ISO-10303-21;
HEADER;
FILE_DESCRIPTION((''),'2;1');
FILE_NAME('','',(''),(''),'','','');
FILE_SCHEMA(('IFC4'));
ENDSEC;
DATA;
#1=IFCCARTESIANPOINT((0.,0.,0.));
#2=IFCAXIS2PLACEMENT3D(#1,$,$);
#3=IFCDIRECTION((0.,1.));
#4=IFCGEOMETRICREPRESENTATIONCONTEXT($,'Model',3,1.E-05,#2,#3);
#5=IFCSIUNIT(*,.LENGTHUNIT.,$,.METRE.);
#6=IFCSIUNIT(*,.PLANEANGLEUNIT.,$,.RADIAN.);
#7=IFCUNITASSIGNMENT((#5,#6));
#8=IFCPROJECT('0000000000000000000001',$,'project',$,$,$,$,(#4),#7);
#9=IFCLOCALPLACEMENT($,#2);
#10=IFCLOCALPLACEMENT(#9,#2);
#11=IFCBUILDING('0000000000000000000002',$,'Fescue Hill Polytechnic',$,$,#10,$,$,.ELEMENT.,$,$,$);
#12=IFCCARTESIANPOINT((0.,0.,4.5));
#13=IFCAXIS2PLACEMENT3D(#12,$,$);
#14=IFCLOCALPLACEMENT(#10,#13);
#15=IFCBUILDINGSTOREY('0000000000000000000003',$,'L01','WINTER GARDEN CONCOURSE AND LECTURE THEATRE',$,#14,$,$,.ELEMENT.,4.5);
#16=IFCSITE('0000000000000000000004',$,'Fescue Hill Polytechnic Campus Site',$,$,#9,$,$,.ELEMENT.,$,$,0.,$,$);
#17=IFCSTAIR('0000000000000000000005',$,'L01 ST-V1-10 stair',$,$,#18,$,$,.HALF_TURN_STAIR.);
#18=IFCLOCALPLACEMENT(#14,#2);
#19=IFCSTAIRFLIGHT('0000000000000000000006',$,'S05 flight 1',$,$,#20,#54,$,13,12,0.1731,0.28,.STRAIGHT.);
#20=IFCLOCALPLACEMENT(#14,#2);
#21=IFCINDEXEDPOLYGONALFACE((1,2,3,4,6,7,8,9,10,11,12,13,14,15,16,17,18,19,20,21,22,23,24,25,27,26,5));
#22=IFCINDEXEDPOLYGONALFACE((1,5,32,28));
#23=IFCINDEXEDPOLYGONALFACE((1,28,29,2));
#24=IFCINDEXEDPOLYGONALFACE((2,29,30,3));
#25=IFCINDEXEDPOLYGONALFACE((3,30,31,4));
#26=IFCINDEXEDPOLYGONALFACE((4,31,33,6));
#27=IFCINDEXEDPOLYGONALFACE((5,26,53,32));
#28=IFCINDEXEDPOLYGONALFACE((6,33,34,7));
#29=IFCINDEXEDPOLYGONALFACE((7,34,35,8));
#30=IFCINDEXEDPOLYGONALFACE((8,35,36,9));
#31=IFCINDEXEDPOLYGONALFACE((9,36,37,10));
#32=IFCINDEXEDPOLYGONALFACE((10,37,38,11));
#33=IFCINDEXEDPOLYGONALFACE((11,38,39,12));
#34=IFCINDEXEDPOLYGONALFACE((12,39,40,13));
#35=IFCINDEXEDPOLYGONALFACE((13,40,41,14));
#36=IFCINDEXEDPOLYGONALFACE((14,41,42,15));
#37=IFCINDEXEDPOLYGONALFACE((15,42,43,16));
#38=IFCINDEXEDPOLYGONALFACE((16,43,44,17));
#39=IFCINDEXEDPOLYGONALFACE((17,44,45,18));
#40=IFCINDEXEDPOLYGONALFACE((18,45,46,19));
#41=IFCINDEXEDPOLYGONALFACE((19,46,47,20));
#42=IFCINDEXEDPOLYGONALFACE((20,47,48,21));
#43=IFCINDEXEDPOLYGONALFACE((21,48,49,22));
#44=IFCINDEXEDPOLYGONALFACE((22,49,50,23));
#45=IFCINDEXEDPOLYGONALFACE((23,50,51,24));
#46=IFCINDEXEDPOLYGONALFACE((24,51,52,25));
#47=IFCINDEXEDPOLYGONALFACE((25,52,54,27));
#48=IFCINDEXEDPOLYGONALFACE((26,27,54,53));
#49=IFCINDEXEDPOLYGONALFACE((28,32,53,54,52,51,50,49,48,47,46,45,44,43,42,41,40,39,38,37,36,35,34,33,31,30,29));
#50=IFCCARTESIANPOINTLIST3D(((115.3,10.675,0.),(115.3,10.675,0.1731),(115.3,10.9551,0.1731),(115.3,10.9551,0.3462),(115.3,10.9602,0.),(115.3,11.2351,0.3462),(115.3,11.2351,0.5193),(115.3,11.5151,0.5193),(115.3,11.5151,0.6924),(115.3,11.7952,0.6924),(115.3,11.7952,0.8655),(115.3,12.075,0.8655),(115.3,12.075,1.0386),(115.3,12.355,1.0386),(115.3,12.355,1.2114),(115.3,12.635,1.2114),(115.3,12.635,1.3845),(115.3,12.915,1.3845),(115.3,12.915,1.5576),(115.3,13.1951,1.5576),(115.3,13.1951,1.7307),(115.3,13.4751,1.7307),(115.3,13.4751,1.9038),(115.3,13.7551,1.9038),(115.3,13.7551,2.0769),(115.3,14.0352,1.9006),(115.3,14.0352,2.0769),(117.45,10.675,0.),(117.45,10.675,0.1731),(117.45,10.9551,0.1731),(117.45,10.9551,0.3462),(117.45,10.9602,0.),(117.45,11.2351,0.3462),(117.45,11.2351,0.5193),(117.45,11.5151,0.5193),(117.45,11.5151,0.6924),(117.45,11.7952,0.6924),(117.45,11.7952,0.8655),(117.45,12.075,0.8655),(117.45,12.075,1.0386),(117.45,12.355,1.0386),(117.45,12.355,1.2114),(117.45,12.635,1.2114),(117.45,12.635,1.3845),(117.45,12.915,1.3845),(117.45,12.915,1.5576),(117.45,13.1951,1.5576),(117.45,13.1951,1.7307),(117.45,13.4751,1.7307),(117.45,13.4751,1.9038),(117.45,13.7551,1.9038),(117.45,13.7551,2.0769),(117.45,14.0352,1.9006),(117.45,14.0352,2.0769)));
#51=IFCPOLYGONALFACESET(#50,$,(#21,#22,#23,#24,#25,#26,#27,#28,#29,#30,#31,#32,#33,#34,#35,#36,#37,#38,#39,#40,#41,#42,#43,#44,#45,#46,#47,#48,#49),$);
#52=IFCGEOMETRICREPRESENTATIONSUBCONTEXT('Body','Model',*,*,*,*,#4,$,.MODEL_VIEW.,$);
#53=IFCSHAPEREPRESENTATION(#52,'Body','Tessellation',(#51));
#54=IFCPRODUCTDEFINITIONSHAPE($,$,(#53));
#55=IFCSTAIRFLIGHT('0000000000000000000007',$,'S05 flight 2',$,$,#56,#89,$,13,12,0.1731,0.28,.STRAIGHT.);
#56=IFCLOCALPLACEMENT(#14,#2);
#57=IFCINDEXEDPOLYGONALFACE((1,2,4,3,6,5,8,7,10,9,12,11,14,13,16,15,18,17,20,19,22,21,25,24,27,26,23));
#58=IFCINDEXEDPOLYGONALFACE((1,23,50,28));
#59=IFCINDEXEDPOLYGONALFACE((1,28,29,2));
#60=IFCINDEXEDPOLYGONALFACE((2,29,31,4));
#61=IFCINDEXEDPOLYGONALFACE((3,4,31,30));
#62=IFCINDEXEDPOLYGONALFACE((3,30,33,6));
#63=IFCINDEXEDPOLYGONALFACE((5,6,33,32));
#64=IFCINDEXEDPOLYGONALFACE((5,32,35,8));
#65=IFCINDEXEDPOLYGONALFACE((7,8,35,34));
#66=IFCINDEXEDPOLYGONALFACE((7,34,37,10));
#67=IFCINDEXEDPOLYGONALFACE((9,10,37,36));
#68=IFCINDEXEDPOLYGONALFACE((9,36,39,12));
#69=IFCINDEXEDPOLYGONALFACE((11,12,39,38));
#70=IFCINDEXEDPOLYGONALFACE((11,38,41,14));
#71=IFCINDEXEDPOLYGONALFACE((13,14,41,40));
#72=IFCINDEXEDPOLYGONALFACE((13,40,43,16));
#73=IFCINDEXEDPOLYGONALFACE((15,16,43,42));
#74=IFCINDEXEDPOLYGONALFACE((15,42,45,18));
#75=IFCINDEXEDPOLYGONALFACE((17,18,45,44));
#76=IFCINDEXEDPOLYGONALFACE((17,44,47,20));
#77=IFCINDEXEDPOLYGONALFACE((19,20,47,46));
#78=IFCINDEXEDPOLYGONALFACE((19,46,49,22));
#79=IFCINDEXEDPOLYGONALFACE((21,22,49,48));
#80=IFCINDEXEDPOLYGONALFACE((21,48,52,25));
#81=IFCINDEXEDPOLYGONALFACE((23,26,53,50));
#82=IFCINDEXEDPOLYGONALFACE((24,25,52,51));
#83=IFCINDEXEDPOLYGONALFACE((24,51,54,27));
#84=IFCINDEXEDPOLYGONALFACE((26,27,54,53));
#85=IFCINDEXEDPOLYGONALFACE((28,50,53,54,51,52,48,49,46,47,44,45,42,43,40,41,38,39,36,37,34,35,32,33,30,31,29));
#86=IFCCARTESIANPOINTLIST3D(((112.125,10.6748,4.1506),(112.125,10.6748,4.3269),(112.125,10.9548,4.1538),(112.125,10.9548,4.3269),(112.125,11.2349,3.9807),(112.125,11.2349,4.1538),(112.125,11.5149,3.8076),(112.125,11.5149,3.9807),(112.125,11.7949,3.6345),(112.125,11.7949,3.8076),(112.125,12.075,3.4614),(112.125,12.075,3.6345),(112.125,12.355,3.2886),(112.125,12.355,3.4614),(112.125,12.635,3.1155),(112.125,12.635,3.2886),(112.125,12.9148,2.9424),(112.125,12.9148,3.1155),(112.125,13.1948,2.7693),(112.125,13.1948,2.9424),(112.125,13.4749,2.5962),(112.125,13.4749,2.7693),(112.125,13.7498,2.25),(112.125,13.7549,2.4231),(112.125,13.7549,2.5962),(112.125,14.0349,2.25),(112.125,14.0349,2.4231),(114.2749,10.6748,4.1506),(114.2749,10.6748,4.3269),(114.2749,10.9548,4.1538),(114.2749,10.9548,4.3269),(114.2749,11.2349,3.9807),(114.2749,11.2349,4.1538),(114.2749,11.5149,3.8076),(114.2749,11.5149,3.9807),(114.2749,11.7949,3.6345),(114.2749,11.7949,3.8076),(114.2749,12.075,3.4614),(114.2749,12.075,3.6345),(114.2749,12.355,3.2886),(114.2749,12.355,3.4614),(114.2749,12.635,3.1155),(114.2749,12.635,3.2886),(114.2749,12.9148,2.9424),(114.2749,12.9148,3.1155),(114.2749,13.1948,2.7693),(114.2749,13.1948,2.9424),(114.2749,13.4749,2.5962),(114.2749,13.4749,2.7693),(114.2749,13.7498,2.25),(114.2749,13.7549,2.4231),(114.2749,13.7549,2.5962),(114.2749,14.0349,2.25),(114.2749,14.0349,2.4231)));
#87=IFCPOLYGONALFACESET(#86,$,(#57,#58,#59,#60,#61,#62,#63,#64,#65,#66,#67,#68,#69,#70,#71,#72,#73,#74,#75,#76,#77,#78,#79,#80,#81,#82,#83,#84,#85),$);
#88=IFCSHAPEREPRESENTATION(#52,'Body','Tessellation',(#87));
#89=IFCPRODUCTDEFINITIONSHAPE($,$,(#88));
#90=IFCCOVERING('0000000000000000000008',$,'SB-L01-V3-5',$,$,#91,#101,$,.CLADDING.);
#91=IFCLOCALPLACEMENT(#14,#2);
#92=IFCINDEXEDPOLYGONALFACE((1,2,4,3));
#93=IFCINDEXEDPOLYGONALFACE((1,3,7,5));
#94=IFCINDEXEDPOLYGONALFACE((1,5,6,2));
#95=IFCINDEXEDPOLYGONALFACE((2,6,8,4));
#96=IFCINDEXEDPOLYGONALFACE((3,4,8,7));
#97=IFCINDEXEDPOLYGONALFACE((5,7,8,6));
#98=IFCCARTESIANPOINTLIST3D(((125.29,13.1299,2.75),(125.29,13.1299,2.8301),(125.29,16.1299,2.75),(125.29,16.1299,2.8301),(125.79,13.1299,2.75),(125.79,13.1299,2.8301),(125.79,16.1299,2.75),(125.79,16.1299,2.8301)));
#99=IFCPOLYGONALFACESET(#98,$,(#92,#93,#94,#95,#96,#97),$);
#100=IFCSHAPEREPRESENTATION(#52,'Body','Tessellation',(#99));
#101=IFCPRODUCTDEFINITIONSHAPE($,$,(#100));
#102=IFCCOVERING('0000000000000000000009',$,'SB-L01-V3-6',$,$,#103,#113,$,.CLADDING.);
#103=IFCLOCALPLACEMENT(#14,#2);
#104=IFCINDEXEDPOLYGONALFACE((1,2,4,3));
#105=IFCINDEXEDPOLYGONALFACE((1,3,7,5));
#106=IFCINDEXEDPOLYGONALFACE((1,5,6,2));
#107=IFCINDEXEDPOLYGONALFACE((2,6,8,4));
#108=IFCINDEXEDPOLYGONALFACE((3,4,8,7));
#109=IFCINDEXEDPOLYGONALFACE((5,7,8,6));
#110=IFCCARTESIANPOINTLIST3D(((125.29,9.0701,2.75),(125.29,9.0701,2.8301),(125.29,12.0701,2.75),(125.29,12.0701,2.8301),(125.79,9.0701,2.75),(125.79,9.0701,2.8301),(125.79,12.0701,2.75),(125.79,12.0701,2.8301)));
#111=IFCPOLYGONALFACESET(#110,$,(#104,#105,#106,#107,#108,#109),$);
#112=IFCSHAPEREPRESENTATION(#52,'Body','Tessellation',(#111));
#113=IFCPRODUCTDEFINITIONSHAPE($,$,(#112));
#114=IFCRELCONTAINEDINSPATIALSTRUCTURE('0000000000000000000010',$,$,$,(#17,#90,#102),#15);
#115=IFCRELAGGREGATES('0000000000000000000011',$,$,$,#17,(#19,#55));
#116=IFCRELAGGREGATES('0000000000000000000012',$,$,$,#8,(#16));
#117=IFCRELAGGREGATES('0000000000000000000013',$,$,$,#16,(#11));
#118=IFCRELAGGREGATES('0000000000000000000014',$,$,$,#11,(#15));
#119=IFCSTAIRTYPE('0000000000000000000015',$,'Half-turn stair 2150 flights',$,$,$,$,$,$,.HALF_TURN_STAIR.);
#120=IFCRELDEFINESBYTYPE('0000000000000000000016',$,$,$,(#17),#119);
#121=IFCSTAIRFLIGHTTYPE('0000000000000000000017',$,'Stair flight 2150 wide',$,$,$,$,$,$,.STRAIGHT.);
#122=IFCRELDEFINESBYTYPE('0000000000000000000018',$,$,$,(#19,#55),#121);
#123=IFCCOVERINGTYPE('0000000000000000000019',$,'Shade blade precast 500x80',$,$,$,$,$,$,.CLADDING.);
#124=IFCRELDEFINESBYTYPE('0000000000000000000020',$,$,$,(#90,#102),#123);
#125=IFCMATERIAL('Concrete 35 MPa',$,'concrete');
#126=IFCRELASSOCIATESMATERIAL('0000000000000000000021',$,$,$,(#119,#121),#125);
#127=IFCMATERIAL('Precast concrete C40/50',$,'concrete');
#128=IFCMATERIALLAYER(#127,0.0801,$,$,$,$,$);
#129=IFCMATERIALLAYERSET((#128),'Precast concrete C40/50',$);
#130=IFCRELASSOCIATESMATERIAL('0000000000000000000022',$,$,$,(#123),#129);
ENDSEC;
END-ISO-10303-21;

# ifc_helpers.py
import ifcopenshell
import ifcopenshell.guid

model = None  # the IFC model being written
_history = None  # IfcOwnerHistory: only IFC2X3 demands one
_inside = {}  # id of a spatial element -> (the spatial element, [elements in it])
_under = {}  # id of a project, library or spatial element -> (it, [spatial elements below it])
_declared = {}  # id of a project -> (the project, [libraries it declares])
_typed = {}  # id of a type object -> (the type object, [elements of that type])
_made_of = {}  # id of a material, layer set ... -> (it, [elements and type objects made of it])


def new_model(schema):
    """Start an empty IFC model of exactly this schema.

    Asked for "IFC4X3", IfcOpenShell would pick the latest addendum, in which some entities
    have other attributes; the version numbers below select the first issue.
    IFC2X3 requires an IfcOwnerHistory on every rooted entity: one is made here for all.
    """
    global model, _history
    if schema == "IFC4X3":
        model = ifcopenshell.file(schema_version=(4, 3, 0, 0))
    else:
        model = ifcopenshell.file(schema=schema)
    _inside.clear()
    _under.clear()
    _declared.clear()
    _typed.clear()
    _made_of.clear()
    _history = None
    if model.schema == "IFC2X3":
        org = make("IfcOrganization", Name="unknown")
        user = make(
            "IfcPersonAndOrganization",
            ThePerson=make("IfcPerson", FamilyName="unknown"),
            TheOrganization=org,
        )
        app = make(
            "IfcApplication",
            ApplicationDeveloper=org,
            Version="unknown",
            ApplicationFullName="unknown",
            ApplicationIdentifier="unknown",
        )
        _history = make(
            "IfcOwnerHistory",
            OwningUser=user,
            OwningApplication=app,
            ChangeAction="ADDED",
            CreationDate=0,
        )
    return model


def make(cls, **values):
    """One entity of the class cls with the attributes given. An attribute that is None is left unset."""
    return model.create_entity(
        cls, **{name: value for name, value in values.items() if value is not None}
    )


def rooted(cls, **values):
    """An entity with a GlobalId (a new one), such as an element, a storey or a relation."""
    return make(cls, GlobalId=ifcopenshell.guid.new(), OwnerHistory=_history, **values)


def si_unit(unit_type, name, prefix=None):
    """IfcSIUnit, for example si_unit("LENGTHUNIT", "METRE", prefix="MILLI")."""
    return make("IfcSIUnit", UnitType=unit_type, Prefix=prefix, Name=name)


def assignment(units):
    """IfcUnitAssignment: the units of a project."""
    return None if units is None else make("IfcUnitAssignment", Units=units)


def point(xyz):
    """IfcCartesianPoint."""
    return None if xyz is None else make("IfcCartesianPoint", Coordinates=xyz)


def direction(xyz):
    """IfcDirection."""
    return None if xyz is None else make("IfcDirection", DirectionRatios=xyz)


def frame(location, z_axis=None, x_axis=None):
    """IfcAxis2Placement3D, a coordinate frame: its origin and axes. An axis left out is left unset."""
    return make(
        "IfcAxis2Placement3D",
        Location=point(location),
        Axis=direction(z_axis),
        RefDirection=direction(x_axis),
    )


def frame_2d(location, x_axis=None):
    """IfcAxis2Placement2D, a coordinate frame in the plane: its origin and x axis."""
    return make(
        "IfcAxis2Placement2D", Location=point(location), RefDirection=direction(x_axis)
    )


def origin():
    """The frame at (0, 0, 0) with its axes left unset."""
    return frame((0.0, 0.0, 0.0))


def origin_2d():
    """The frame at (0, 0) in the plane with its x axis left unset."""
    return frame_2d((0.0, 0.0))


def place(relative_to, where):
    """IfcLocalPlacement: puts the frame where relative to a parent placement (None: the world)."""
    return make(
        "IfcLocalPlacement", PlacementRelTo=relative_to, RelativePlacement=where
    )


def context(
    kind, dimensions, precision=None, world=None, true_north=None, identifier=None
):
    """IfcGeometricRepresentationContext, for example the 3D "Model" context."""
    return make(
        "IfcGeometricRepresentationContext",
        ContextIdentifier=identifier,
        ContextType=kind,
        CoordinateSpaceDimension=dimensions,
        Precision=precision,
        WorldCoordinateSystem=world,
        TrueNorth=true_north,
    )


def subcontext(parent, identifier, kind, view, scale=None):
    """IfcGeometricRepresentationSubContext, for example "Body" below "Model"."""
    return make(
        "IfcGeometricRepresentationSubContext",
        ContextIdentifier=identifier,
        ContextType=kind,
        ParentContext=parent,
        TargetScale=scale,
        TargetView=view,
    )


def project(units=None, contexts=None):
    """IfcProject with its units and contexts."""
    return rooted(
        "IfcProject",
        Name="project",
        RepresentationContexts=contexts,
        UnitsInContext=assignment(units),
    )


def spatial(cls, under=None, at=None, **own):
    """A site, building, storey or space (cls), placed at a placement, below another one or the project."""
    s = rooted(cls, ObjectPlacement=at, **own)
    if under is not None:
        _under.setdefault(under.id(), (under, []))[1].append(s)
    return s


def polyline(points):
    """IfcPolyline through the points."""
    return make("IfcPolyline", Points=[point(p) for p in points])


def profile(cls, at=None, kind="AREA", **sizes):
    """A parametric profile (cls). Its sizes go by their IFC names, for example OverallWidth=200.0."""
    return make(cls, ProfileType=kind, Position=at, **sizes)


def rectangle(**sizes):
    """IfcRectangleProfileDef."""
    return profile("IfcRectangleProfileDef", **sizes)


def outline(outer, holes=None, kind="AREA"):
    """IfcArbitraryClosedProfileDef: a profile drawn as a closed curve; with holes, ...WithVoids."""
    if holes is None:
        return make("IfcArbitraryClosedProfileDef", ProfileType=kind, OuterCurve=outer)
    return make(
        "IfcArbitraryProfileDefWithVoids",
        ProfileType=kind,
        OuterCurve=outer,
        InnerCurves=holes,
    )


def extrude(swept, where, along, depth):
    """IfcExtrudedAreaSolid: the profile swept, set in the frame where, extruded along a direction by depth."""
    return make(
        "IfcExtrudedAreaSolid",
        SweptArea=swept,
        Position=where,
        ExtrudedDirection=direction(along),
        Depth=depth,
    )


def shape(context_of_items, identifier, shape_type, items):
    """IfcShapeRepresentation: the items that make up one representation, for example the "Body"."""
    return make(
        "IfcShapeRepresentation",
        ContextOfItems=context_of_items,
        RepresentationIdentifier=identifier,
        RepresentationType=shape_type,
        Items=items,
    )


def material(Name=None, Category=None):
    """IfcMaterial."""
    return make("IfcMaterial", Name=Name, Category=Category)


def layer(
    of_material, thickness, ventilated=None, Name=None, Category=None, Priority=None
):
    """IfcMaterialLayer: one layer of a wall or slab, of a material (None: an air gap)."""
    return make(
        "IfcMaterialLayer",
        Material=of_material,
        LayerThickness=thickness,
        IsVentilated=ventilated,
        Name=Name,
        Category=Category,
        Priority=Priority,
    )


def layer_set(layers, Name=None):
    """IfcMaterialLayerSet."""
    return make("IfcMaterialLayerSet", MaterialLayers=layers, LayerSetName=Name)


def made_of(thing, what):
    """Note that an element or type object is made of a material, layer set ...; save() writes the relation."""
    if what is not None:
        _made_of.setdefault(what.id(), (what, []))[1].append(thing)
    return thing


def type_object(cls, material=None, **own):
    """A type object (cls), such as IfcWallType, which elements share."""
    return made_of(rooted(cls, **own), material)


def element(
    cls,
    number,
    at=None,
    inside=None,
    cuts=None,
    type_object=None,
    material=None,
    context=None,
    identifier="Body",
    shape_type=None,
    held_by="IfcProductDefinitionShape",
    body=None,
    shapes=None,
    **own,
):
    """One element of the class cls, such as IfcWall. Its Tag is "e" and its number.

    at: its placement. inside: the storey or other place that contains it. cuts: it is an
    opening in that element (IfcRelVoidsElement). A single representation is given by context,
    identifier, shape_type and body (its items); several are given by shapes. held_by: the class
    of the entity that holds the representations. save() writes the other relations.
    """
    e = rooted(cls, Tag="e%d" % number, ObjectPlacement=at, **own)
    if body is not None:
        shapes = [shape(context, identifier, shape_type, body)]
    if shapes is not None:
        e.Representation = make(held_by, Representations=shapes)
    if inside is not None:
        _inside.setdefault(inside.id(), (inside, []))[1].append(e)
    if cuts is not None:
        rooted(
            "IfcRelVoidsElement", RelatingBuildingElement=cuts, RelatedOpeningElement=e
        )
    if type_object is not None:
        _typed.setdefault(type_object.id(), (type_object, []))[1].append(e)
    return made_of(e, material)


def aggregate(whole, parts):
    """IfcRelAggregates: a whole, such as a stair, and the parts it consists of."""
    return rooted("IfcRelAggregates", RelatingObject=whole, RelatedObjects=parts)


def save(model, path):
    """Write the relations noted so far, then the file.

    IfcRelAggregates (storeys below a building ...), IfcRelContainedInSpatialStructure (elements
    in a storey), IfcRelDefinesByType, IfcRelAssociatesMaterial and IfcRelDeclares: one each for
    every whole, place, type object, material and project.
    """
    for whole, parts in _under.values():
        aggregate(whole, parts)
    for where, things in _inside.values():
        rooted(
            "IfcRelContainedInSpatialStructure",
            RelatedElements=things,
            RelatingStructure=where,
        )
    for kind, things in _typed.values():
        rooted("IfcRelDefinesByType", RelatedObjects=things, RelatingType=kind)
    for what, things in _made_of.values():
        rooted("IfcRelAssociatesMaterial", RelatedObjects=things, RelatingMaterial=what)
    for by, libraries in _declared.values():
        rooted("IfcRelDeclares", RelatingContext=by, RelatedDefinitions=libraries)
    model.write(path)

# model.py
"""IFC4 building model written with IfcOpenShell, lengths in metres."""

from ifc_helpers import new_model, si_unit, direction, frame, origin, origin_2d, place, context, subcontext, project, spatial, polyline, rectangle, outline, extrude, material, layer, layer_set, type_object, element, aggregate, save


model = new_model("IFC4")

# Units and contexts
model_context = context("Model", 3, precision=1e-05, world=origin(), true_north=direction((0.0, 1.0)))
body_context = subcontext(model_context, "Body", "Model", "MODEL_VIEW")
ifc_project = project(units=[si_unit("LENGTHUNIT", "METRE"), si_unit("PLANEANGLEUNIT", "RADIAN")], contexts=[model_context])

# Site, building, storey
site_placement = place(None, origin())
site = spatial("IfcSite", under=ifc_project, at=site_placement, Name="Fescue Hill Polytechnic Campus Site", CompositionType="ELEMENT", RefElevation=0.0)
building_placement = place(site_placement, origin())
building = spatial("IfcBuilding", under=site, at=building_placement, Name="Fescue Hill Polytechnic", CompositionType="ELEMENT")
storey_placement = place(building_placement, frame((0.0, 0.0, 4.5)))
storey = spatial("IfcBuildingStorey", under=building, at=storey_placement, Name="L01", Description="WINTER GARDEN CONCOURSE AND LECTURE THEATRE", CompositionType="ELEMENT", Elevation=4.5)

# Shared definitions
ifc_material_1 = material(Name="Concrete 35 MPa", Category="concrete")

# Stair, stair flights
stair_type = type_object("IfcStairType", Name="Half-turn stair 2150 flights", PredefinedType="HALF_TURN_STAIR", material=ifc_material_1)
stair_placement = place(storey_placement, origin())
stair = element("IfcStair", 1, at=stair_placement, inside=storey, type_object=stair_type, Name="L01 ST-V1-10 stair", PredefinedType="HALF_TURN_STAIR")
stair_flight_type = type_object("IfcStairFlightType", Name="Stair flight 2150 wide", PredefinedType="STRAIGHT", material=ifc_material_1)
stair_flight_1_placement = place(storey_placement, frame((116.375, 10.675, 0.0), z_axis=(0.0, 0.0, 1.0), x_axis=(0.0, 1.0, 0.0)))
stair_flight_1 = element("IfcStairFlight", 2, at=stair_flight_1_placement, type_object=stair_flight_type, Name="S05 flight 1", NumberOfRisers=13, NumberOfTreads=12, PredefinedType="STRAIGHT", RiserHeight=0.1731, TreadLength=0.28, context=body_context, shape_type="SweptSolid", body=[
    extrude(outline(polyline([(0.0, 0.0), (0.0, 0.1731), (0.28, 0.1731), (0.28, 0.3462), (0.5601, 0.3462), (0.5601, 0.5193), (0.8401, 0.5193), (0.8401, 0.6924), (1.1201, 0.6924), (1.1201, 0.8655), (1.3999, 0.8655), (1.3999, 1.0386), (1.6799, 1.0386), (1.6799, 1.2114), (1.96, 1.2114), (1.96, 1.3845), (2.24, 1.3845), (2.24, 1.5576), (2.52, 1.5576), (2.52, 1.7307), (2.8, 1.7307), (2.8, 1.9038), (3.0801, 1.9038), (3.0801, 2.0769), (3.3601, 2.0769), (3.3601, 2.25), (3.3601, 1.9006), (0.2852, 0.0), (0.0, 0.0)])), frame((0.0, 1.075, 0.0), z_axis=(0.0, -1.0, 0.0), x_axis=(1.0, 0.0, 0.0)), (0.0, 0.0, 1.0), 2.1499),
])
stair_flight_2_placement = place(storey_placement, frame((113.2, 14.0349, 2.25), z_axis=(0.0, 0.0, 1.0), x_axis=(0.0, -1.0, 0.0)))
stair_flight_2 = element("IfcStairFlight", 3, at=stair_flight_2_placement, type_object=stair_flight_type, Name="S05 flight 2", NumberOfRisers=13, NumberOfTreads=12, PredefinedType="STRAIGHT", RiserHeight=0.1731, TreadLength=0.28, context=body_context, shape_type="SweptSolid", body=[
    extrude(outline(polyline([(0.0, 0.0), (0.0, 0.1731), (0.28, 0.1731), (0.28, 0.3462), (0.5601, 0.3462), (0.5601, 0.5193), (0.8401, 0.5193), (0.8401, 0.6924), (1.1201, 0.6924), (1.1201, 0.8655), (1.3999, 0.8655), (1.3999, 1.0386), (1.6799, 1.0386), (1.6799, 1.2114), (1.96, 1.2114), (1.96, 1.3845), (2.24, 1.3845), (2.24, 1.5576), (2.52, 1.5576), (2.52, 1.7307), (2.8, 1.7307), (2.8, 1.9038), (3.0801, 1.9038), (3.0801, 2.0769), (3.3601, 2.0769), (3.3601, 2.25), (3.3601, 1.9006), (0.2852, 0.0), (0.0, 0.0)])), frame((0.0, 1.075, 0.0), z_axis=(0.0, -1.0, 0.0), x_axis=(1.0, 0.0, 0.0)), (0.0, 0.0, 1.0), 2.1499),
])
aggregate(stair, [stair_flight_1, stair_flight_2])

# Coverings
ifc_material_2 = material(Name="Precast concrete C40/50", Category="concrete")
ifc_layer_1 = layer(ifc_material_2, 0.0801)
ifc_layer_set_1 = layer_set([ifc_layer_1], Name="Precast concrete C40/50")
covering_type = type_object("IfcCoveringType", Name="Shade blade precast 500x80", PredefinedType="CLADDING", material=ifc_layer_set_1)
for number, where, z_axis, x_axis, name in (
    (4, (125.54, 14.6299, 2.75), (0.0, 0.0, 1.0), (0.0, -1.0, 0.0), "SB-L01-V3-5"),
    (5, (125.54, 10.5701, 2.75), (0.0, 0.0, 1.0), (0.0, -1.0, 0.0), "SB-L01-V3-6"),
):
    element("IfcCovering", number, at=place(storey_placement, frame(where, z_axis=z_axis, x_axis=x_axis)), inside=storey, type_object=covering_type, Name=name, PredefinedType="CLADDING", context=body_context, shape_type="SweptSolid", body=[
        extrude(rectangle(XDim=3.0, YDim=0.5, at=origin_2d()), origin(), (0.0, 0.0, 1.0), 0.0801),
    ])

save(model, "model.ifc")
